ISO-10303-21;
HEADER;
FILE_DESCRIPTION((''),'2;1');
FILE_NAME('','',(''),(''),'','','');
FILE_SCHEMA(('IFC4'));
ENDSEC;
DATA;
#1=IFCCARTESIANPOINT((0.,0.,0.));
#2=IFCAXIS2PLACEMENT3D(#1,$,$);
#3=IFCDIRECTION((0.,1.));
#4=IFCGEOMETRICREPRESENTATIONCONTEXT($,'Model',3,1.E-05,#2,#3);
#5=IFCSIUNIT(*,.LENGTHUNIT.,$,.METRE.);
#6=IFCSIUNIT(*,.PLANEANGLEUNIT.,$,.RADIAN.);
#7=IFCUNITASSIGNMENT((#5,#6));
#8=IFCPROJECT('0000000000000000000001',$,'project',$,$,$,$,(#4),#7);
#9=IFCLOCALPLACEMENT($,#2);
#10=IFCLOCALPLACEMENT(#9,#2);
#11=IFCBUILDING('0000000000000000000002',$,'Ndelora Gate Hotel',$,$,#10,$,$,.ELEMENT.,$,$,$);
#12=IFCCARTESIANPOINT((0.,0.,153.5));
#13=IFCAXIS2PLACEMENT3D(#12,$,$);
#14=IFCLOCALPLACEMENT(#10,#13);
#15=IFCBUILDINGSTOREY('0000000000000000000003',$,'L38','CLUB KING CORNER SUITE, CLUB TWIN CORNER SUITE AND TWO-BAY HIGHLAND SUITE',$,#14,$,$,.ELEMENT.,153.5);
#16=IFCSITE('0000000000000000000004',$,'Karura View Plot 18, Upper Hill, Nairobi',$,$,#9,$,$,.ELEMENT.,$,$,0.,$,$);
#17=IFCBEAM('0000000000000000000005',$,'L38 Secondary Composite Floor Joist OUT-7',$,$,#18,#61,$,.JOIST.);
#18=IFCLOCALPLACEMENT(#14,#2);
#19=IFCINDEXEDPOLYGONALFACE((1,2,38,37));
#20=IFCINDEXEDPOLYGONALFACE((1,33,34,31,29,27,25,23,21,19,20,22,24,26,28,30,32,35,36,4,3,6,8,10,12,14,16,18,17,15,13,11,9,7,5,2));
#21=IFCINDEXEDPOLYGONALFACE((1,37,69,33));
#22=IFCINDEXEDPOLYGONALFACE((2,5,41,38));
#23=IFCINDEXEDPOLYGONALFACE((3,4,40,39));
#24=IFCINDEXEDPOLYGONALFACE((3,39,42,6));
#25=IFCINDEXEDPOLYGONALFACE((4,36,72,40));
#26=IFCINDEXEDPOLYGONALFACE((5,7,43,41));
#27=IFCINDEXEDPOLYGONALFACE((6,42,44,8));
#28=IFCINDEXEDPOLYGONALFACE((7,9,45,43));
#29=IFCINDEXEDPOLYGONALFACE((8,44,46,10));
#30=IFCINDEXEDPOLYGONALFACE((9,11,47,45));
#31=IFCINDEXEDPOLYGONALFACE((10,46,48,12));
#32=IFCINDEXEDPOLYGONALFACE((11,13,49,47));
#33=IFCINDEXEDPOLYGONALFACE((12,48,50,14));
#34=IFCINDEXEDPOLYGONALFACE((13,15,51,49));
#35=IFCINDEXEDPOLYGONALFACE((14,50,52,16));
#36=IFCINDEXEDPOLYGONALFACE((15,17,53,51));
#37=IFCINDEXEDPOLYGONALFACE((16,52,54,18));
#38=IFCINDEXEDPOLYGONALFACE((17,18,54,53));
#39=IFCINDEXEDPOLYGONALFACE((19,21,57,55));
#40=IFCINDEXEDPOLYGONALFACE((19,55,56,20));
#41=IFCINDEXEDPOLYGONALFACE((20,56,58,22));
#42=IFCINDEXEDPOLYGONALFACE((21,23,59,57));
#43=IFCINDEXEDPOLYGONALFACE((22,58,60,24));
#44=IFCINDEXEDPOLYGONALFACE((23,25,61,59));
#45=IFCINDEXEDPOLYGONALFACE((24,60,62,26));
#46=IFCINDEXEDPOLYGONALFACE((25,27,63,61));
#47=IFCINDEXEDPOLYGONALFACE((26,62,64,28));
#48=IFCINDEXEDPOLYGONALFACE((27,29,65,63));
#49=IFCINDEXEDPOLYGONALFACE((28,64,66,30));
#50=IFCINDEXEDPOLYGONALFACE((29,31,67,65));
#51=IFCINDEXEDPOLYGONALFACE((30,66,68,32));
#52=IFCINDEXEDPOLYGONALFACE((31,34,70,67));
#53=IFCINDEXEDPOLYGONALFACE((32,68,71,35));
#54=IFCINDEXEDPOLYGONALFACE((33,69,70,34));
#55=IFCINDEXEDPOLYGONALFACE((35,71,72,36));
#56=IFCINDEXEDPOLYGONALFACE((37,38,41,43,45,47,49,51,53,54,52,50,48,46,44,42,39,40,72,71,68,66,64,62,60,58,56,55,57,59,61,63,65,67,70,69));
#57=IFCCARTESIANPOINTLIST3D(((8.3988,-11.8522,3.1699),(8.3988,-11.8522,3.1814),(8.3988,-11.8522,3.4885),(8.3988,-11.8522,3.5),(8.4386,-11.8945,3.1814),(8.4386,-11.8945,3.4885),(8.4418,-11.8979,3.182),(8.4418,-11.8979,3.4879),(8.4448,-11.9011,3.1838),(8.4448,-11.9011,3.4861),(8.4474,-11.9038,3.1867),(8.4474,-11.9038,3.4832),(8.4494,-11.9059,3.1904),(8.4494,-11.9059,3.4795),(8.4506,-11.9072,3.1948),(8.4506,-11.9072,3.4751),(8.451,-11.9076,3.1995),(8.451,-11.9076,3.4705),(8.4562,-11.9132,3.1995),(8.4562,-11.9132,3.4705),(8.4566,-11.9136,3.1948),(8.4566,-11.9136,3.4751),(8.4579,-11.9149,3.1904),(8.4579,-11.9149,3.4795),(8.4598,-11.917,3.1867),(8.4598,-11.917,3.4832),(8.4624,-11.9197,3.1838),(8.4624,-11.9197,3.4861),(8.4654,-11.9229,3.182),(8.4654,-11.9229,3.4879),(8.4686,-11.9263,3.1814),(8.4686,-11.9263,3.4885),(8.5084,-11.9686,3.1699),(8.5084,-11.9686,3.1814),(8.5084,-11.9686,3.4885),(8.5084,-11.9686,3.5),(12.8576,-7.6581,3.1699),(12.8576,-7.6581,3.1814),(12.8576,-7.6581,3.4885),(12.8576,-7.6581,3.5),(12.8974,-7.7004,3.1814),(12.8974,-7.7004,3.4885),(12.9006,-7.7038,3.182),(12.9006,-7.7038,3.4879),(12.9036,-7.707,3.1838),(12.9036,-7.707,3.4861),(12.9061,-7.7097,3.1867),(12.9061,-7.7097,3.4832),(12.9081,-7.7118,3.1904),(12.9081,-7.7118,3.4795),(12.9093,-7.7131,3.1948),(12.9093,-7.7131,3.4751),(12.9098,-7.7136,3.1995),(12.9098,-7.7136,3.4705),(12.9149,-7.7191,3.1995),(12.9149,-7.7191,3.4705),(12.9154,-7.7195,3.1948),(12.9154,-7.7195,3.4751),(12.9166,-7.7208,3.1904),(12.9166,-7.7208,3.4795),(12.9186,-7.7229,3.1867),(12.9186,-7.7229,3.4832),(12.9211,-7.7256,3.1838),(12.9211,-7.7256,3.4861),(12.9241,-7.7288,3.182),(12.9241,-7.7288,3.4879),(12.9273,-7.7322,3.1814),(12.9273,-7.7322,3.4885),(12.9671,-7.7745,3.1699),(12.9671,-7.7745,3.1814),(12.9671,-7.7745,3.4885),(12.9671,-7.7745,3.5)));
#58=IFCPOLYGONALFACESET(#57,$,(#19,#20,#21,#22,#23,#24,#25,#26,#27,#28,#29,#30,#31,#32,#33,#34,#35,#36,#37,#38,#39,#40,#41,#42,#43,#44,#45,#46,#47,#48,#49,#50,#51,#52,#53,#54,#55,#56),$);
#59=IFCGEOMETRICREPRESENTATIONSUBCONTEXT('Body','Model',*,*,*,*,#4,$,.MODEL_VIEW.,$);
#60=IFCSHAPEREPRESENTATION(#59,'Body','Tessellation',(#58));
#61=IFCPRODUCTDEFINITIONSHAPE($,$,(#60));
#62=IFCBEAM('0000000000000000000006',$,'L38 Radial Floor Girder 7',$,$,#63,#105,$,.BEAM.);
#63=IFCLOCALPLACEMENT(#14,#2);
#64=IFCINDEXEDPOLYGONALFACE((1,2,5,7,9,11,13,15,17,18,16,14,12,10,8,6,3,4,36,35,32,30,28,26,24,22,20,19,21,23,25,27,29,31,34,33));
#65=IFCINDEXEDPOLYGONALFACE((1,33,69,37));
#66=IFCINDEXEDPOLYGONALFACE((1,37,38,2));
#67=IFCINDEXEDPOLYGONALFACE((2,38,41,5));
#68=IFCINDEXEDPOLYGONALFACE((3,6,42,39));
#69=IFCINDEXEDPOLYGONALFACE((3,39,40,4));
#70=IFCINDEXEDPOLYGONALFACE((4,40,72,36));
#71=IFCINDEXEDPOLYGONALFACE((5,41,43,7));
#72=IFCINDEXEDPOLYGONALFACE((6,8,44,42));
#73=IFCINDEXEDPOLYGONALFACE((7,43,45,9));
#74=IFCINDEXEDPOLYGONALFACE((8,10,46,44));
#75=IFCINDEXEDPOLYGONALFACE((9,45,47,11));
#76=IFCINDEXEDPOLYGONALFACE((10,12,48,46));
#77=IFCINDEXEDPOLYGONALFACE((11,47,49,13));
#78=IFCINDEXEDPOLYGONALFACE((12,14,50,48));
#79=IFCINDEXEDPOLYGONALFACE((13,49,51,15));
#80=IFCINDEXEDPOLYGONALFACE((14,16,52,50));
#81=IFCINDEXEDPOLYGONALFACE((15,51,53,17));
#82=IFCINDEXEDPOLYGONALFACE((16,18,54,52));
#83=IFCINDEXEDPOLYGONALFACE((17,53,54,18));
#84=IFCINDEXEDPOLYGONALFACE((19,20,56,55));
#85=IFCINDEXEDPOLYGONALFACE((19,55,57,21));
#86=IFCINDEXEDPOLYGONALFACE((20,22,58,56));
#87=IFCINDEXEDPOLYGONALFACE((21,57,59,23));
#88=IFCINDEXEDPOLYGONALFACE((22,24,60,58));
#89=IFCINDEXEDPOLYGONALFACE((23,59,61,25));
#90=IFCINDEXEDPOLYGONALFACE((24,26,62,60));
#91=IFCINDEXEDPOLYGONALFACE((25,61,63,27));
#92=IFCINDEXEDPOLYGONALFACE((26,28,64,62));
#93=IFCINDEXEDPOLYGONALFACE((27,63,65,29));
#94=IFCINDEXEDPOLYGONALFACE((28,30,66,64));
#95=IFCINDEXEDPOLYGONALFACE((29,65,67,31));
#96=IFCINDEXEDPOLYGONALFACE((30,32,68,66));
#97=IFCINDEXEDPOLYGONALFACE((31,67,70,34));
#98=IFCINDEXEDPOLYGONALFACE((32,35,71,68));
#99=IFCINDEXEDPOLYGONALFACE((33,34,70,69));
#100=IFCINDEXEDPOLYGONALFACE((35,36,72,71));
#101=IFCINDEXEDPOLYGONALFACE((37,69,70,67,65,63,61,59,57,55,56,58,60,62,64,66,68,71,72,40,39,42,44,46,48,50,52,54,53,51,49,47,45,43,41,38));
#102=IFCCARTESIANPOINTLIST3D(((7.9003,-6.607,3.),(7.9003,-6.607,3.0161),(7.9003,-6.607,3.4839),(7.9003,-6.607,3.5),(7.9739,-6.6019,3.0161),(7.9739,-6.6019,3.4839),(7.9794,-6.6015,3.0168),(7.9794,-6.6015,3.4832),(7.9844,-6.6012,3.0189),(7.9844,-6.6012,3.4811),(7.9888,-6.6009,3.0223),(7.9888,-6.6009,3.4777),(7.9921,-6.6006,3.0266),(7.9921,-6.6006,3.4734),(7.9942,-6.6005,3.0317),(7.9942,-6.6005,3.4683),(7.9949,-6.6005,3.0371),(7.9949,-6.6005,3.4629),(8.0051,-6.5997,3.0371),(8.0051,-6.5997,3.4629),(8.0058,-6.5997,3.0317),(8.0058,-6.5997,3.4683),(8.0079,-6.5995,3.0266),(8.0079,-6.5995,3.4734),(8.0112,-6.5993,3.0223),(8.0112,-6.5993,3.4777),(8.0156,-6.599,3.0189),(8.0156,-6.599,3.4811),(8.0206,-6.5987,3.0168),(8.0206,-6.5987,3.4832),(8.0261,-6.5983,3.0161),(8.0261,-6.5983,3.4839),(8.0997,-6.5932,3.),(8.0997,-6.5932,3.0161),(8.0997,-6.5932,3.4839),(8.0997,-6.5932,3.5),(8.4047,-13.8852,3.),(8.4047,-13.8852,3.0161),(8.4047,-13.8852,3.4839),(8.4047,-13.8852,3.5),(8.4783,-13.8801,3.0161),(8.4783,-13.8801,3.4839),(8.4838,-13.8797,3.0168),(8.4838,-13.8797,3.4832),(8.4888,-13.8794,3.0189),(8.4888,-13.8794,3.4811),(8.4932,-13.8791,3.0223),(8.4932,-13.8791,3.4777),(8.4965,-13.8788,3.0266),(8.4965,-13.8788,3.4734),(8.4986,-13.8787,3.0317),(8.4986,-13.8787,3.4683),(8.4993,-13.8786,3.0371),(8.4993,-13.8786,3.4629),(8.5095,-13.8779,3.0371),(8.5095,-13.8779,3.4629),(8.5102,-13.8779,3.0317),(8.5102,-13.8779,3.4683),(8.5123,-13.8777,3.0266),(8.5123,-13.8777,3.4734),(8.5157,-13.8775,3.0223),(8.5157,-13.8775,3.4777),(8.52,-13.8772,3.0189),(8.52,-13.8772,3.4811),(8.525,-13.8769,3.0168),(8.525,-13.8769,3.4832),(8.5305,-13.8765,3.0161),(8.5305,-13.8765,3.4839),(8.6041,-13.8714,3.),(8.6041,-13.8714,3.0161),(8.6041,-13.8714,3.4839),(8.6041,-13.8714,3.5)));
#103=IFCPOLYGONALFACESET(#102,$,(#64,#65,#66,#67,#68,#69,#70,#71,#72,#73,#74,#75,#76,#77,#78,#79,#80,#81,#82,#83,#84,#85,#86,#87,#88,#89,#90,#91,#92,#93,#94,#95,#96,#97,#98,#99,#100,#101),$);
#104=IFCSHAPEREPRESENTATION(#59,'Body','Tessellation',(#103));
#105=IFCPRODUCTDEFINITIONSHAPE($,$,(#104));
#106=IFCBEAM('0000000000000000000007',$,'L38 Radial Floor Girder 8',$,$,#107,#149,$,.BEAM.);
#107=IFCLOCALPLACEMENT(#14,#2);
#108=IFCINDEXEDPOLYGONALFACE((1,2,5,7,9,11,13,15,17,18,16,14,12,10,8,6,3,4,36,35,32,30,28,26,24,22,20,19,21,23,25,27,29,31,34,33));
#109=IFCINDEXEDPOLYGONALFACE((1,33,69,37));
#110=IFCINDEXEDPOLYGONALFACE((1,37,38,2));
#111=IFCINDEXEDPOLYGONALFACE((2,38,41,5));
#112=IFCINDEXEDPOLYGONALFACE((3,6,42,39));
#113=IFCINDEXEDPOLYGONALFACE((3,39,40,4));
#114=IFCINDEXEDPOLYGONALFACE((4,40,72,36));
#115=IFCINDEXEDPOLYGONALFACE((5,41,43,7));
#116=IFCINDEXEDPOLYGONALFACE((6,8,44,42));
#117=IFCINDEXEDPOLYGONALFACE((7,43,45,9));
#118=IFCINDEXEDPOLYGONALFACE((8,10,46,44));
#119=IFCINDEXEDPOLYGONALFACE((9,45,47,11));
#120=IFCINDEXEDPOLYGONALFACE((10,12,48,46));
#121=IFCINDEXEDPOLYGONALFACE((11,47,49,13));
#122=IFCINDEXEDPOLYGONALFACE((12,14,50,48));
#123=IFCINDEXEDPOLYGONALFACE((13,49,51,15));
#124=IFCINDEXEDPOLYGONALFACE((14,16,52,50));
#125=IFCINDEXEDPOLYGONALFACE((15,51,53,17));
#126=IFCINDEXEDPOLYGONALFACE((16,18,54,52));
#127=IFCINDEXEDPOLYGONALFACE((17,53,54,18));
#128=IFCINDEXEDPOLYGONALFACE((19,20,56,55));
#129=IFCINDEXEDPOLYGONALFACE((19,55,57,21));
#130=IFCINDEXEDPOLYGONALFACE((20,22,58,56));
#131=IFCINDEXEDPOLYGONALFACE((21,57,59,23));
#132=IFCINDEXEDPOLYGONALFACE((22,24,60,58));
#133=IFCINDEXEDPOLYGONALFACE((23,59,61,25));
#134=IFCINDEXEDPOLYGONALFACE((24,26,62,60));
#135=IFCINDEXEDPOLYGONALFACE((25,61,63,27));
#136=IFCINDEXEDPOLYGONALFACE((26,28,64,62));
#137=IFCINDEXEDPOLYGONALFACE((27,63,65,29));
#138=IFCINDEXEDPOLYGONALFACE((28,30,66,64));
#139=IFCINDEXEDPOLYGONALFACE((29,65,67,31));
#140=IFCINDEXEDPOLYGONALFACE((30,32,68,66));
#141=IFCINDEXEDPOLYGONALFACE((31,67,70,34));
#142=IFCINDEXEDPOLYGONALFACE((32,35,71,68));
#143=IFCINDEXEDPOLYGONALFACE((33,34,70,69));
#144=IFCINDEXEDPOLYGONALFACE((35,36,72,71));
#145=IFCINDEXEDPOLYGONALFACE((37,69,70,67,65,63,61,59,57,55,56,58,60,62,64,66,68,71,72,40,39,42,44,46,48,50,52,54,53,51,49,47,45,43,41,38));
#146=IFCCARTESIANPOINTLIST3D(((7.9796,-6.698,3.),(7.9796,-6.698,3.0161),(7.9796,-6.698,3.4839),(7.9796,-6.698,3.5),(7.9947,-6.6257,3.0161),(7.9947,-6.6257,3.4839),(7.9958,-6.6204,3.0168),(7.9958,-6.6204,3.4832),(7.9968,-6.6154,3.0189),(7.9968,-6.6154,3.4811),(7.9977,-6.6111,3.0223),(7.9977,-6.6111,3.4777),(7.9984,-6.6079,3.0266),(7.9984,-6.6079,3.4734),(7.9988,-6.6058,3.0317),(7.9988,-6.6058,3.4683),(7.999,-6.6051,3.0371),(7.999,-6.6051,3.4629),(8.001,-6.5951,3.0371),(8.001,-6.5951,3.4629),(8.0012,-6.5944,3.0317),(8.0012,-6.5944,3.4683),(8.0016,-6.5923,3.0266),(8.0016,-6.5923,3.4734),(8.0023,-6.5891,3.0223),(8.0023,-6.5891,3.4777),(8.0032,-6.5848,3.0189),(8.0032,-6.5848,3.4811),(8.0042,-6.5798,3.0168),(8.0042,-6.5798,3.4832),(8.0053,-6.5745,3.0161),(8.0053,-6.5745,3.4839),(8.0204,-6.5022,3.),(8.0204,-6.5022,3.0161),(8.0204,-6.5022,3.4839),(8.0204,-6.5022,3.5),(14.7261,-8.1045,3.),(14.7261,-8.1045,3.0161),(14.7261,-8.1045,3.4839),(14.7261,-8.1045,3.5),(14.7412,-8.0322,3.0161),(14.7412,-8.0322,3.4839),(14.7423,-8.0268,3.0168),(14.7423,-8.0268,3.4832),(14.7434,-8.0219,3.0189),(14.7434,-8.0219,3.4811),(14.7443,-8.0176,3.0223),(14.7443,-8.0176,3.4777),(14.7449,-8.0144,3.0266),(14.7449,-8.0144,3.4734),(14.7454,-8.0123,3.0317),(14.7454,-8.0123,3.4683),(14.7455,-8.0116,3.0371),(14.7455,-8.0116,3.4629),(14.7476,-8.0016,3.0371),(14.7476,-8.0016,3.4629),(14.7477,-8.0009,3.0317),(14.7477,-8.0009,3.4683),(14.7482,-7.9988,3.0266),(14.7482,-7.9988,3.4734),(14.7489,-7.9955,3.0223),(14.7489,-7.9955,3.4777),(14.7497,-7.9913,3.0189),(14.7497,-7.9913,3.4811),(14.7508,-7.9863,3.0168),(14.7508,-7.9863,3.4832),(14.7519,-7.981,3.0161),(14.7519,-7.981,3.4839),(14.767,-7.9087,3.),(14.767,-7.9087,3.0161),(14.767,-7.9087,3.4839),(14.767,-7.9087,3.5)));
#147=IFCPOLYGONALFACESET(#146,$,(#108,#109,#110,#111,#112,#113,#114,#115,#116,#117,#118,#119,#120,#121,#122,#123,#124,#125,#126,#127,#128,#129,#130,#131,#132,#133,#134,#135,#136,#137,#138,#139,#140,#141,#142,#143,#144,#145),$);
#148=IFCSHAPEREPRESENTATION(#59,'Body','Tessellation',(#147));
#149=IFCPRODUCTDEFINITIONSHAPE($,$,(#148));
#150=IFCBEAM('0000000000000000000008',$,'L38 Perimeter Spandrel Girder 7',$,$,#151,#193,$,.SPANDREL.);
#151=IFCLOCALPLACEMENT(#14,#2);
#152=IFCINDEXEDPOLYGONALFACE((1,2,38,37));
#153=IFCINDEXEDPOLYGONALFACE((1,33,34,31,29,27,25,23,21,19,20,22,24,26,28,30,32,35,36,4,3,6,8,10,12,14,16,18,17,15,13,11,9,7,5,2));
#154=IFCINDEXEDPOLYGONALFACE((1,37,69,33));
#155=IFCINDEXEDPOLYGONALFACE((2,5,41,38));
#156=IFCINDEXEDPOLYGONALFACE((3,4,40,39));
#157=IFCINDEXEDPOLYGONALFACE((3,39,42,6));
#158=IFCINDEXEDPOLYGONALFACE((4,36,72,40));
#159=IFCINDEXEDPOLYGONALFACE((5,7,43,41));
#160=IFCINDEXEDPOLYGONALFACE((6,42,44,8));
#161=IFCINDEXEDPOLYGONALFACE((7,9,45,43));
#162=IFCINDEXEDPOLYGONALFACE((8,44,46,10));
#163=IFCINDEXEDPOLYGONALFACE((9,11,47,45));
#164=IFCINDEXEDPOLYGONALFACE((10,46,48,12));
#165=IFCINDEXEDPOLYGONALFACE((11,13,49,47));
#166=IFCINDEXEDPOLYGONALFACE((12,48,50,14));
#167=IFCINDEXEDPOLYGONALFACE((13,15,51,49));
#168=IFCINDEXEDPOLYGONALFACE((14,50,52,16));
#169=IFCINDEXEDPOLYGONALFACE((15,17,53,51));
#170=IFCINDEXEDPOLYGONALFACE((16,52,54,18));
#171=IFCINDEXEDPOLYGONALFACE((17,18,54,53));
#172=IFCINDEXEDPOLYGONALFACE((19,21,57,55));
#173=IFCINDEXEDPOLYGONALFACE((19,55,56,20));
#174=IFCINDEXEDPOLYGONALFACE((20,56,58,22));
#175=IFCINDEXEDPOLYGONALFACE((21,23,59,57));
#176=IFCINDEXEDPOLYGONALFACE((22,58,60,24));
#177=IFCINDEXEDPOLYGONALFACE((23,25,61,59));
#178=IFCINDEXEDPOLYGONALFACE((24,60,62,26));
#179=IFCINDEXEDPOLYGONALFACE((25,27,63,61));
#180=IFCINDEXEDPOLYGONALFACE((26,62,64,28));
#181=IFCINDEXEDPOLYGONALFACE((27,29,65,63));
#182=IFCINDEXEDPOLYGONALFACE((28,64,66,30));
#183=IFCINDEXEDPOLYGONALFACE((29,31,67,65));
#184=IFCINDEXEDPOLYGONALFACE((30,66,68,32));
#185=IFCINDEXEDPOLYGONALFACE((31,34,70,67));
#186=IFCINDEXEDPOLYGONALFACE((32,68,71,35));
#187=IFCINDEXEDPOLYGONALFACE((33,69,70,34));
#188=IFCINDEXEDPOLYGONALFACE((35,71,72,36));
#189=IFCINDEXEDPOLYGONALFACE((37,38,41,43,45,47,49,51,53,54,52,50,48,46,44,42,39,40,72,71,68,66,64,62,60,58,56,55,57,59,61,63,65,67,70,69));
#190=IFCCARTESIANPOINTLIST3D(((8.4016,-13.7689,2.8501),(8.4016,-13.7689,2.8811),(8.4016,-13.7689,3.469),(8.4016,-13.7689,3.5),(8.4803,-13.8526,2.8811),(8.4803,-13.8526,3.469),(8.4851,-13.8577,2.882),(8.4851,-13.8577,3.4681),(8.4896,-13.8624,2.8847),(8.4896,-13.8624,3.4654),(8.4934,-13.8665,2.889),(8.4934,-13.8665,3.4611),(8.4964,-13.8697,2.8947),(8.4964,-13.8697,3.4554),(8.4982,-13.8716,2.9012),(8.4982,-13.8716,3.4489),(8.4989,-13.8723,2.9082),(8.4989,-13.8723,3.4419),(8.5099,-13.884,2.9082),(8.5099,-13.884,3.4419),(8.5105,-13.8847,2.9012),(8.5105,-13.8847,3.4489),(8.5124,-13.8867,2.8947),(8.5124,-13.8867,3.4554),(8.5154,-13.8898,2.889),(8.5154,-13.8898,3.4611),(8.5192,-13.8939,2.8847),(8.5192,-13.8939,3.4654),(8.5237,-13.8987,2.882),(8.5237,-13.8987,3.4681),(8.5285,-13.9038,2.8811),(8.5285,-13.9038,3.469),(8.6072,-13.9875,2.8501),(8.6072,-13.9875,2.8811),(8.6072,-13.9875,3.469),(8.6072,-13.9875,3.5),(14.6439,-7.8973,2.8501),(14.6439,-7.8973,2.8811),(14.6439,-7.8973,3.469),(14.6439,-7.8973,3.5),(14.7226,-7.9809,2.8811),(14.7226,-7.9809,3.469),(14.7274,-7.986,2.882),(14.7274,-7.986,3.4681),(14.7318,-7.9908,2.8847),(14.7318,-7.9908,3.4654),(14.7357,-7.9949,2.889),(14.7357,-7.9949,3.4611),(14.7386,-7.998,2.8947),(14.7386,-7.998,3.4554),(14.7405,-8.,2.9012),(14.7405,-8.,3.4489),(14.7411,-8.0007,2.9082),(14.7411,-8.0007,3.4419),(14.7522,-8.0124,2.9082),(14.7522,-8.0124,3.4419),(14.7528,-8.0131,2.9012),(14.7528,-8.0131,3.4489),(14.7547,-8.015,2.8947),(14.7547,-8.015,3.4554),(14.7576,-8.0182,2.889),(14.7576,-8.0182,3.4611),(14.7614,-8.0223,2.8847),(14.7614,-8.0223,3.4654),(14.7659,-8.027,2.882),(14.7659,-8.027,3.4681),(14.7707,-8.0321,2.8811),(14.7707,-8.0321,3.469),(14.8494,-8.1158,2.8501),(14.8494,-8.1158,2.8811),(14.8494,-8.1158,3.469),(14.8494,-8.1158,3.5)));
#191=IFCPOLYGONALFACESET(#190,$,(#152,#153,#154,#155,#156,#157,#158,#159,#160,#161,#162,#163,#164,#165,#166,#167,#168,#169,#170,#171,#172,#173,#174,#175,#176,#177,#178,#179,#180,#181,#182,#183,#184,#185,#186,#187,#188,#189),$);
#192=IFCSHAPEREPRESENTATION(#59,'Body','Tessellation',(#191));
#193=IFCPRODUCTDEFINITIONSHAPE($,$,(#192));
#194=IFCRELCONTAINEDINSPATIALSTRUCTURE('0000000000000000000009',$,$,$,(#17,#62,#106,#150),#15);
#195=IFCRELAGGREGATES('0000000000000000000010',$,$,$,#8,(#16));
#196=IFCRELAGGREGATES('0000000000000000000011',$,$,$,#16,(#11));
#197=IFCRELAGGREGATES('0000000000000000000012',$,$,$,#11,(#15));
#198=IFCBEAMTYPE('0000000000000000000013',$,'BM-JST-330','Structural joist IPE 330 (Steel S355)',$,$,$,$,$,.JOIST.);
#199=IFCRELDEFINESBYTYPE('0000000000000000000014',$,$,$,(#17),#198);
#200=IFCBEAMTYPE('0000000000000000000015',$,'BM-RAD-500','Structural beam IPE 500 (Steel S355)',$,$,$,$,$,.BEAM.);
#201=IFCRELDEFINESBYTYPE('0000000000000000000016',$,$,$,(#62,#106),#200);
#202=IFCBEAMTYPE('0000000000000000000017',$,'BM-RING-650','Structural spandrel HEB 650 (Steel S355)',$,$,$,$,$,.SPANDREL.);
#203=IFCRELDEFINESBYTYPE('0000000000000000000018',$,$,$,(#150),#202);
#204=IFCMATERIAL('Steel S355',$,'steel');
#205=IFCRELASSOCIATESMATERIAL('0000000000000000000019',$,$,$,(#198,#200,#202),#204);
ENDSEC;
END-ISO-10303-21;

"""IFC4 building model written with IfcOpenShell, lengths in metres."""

from ifc_helpers import new_model, si_unit, direction, frame, origin, origin_2d, place, context, subcontext, project, spatial, i_section, extrude, material, material_profile, profile_set, type_object, element, save


model = new_model("IFC4")

# Units and contexts
model_context = context("Model", 3, precision=1e-05, world=origin(), true_north=direction((0.0, 1.0)))
body_context = subcontext(model_context, "Body", "Model", "MODEL_VIEW")
ifc_project = project(units=[si_unit("LENGTHUNIT", "METRE"), si_unit("PLANEANGLEUNIT", "RADIAN")], contexts=[model_context])

# Site, building, storey
site_placement = place(None, origin())
site = spatial("IfcSite", under=ifc_project, at=site_placement, Name="Karura View Plot 18, Upper Hill, Nairobi", CompositionType="ELEMENT", RefElevation=0.0)
building_placement = place(site_placement, origin())
building = spatial("IfcBuilding", under=site, at=building_placement, Name="Ndelora Gate Hotel", CompositionType="ELEMENT")
storey_placement = place(building_placement, frame((0.0, 0.0, 153.5)))
storey = spatial("IfcBuildingStorey", under=building, at=storey_placement, Name="L38", Description="CLUB KING CORNER SUITE, CLUB TWIN CORNER SUITE AND TWO-BAY HIGHLAND SUITE", CompositionType="ELEMENT", Elevation=153.5)

# Beams
ifc_material_1 = material(Name="Steel S355", Category="steel")
ifc_material_profile_1 = material_profile(ifc_material_1, i_section(OverallWidth=0.1599, OverallDepth=0.3301, WebThickness=0.0076, FlangeThickness=0.0115, FilletRadius=0.0181, at=origin_2d()), Name="IPE 330")
ifc_profile_set_1 = profile_set([ifc_material_profile_1], Name="Steel S355")
beam_type_1 = type_object("IfcBeamType", Name="BM-JST-330", Description="Structural joist IPE 330 (Steel S355)", PredefinedType="JOIST", material=ifc_profile_set_1)
beam_1_placement = place(storey_placement, frame((8.4536, -11.9104, 3.335), z_axis=(0.728393, 0.685159, 0.0), x_axis=(-0.685159, 0.728393, 0.0)))
element("IfcBeam", 1, at=beam_1_placement, inside=storey, type_object=beam_type_1, Name="L38 Secondary Composite Floor Joist OUT-7", PredefinedType="JOIST", context=body_context, shape_type="SweptSolid", body=[
    extrude(i_section(OverallWidth=0.1599, OverallDepth=0.3301, WebThickness=0.0076, FlangeThickness=0.0115, FilletRadius=0.0181, at=origin_2d()), origin(), (0.0, 0.0, 1.0), 6.1213),
])
ifc_material_profile_2 = material_profile(ifc_material_1, i_section(OverallWidth=0.2, OverallDepth=0.5, WebThickness=0.0103, FlangeThickness=0.0161, FilletRadius=0.021, at=origin_2d()), Name="IPE 500")
ifc_profile_set_2 = profile_set([ifc_material_profile_2], Name="Steel S355")
beam_type_2 = type_object("IfcBeamType", Name="BM-RAD-500", Description="Structural beam IPE 500 (Steel S355)", PredefinedType="BEAM", material=ifc_profile_set_2)
beam_2_placement = place(storey_placement, frame((8.0, -6.6001, 3.25), z_axis=(0.069137, -0.997607, 0.0), x_axis=(0.997607, 0.069137, 0.0)))
element("IfcBeam", 2, at=beam_2_placement, inside=storey, type_object=beam_type_2, Name="L38 Radial Floor Girder 7", PredefinedType="BEAM", context=body_context, shape_type="SweptSolid", body=[
    extrude(i_section(OverallWidth=0.2, OverallDepth=0.5, WebThickness=0.0103, FlangeThickness=0.0161, FilletRadius=0.021, at=origin_2d()), origin(), (0.0, 0.0, 1.0), 7.2957),
])
beam_3_placement = place(storey_placement, frame((8.0, -6.6001, 3.25), z_axis=(0.978953, -0.204087, 0.0), x_axis=(0.204087, 0.978953, 0.0)))
element("IfcBeam", 3, at=beam_3_placement, inside=storey, type_object=beam_type_2, Name="L38 Radial Floor Girder 8", PredefinedType="BEAM", context=body_context, shape_type="SweptSolid", body=[
    extrude(i_section(OverallWidth=0.2, OverallDepth=0.5, WebThickness=0.0103, FlangeThickness=0.0161, FilletRadius=0.021, at=origin_2d()), origin(), (0.0, 0.0, 1.0), 6.8916),
])
ifc_material_profile_3 = material_profile(ifc_material_1, i_section(OverallWidth=0.3, OverallDepth=0.6499, WebThickness=0.0161, FlangeThickness=0.031, FilletRadius=0.0271, at=origin_2d()), Name="HEB 650")
ifc_profile_set_3 = profile_set([ifc_material_profile_3], Name="Steel S355")
beam_type_3 = type_object("IfcBeamType", Name="BM-RING-650", Description="Structural spandrel HEB 650 (Steel S355)", PredefinedType="SPANDREL", material=ifc_profile_set_3)
beam_4_placement = place(storey_placement, frame((8.5044, -13.8782, 3.175), z_axis=(0.728399, 0.685153, 0.0), x_axis=(-0.685153, 0.728399, 0.0)))
element("IfcBeam", 4, at=beam_4_placement, inside=storey, type_object=beam_type_3, Name="L38 Perimeter Spandrel Girder 7", PredefinedType="SPANDREL", context=body_context, shape_type="SweptSolid", body=[
    extrude(i_section(OverallWidth=0.3, OverallDepth=0.6499, WebThickness=0.0161, FlangeThickness=0.031, FilletRadius=0.0271, at=origin_2d()), origin(), (0.0, 0.0, 1.0), 8.5698),
])

save(model, "model.ifc")
